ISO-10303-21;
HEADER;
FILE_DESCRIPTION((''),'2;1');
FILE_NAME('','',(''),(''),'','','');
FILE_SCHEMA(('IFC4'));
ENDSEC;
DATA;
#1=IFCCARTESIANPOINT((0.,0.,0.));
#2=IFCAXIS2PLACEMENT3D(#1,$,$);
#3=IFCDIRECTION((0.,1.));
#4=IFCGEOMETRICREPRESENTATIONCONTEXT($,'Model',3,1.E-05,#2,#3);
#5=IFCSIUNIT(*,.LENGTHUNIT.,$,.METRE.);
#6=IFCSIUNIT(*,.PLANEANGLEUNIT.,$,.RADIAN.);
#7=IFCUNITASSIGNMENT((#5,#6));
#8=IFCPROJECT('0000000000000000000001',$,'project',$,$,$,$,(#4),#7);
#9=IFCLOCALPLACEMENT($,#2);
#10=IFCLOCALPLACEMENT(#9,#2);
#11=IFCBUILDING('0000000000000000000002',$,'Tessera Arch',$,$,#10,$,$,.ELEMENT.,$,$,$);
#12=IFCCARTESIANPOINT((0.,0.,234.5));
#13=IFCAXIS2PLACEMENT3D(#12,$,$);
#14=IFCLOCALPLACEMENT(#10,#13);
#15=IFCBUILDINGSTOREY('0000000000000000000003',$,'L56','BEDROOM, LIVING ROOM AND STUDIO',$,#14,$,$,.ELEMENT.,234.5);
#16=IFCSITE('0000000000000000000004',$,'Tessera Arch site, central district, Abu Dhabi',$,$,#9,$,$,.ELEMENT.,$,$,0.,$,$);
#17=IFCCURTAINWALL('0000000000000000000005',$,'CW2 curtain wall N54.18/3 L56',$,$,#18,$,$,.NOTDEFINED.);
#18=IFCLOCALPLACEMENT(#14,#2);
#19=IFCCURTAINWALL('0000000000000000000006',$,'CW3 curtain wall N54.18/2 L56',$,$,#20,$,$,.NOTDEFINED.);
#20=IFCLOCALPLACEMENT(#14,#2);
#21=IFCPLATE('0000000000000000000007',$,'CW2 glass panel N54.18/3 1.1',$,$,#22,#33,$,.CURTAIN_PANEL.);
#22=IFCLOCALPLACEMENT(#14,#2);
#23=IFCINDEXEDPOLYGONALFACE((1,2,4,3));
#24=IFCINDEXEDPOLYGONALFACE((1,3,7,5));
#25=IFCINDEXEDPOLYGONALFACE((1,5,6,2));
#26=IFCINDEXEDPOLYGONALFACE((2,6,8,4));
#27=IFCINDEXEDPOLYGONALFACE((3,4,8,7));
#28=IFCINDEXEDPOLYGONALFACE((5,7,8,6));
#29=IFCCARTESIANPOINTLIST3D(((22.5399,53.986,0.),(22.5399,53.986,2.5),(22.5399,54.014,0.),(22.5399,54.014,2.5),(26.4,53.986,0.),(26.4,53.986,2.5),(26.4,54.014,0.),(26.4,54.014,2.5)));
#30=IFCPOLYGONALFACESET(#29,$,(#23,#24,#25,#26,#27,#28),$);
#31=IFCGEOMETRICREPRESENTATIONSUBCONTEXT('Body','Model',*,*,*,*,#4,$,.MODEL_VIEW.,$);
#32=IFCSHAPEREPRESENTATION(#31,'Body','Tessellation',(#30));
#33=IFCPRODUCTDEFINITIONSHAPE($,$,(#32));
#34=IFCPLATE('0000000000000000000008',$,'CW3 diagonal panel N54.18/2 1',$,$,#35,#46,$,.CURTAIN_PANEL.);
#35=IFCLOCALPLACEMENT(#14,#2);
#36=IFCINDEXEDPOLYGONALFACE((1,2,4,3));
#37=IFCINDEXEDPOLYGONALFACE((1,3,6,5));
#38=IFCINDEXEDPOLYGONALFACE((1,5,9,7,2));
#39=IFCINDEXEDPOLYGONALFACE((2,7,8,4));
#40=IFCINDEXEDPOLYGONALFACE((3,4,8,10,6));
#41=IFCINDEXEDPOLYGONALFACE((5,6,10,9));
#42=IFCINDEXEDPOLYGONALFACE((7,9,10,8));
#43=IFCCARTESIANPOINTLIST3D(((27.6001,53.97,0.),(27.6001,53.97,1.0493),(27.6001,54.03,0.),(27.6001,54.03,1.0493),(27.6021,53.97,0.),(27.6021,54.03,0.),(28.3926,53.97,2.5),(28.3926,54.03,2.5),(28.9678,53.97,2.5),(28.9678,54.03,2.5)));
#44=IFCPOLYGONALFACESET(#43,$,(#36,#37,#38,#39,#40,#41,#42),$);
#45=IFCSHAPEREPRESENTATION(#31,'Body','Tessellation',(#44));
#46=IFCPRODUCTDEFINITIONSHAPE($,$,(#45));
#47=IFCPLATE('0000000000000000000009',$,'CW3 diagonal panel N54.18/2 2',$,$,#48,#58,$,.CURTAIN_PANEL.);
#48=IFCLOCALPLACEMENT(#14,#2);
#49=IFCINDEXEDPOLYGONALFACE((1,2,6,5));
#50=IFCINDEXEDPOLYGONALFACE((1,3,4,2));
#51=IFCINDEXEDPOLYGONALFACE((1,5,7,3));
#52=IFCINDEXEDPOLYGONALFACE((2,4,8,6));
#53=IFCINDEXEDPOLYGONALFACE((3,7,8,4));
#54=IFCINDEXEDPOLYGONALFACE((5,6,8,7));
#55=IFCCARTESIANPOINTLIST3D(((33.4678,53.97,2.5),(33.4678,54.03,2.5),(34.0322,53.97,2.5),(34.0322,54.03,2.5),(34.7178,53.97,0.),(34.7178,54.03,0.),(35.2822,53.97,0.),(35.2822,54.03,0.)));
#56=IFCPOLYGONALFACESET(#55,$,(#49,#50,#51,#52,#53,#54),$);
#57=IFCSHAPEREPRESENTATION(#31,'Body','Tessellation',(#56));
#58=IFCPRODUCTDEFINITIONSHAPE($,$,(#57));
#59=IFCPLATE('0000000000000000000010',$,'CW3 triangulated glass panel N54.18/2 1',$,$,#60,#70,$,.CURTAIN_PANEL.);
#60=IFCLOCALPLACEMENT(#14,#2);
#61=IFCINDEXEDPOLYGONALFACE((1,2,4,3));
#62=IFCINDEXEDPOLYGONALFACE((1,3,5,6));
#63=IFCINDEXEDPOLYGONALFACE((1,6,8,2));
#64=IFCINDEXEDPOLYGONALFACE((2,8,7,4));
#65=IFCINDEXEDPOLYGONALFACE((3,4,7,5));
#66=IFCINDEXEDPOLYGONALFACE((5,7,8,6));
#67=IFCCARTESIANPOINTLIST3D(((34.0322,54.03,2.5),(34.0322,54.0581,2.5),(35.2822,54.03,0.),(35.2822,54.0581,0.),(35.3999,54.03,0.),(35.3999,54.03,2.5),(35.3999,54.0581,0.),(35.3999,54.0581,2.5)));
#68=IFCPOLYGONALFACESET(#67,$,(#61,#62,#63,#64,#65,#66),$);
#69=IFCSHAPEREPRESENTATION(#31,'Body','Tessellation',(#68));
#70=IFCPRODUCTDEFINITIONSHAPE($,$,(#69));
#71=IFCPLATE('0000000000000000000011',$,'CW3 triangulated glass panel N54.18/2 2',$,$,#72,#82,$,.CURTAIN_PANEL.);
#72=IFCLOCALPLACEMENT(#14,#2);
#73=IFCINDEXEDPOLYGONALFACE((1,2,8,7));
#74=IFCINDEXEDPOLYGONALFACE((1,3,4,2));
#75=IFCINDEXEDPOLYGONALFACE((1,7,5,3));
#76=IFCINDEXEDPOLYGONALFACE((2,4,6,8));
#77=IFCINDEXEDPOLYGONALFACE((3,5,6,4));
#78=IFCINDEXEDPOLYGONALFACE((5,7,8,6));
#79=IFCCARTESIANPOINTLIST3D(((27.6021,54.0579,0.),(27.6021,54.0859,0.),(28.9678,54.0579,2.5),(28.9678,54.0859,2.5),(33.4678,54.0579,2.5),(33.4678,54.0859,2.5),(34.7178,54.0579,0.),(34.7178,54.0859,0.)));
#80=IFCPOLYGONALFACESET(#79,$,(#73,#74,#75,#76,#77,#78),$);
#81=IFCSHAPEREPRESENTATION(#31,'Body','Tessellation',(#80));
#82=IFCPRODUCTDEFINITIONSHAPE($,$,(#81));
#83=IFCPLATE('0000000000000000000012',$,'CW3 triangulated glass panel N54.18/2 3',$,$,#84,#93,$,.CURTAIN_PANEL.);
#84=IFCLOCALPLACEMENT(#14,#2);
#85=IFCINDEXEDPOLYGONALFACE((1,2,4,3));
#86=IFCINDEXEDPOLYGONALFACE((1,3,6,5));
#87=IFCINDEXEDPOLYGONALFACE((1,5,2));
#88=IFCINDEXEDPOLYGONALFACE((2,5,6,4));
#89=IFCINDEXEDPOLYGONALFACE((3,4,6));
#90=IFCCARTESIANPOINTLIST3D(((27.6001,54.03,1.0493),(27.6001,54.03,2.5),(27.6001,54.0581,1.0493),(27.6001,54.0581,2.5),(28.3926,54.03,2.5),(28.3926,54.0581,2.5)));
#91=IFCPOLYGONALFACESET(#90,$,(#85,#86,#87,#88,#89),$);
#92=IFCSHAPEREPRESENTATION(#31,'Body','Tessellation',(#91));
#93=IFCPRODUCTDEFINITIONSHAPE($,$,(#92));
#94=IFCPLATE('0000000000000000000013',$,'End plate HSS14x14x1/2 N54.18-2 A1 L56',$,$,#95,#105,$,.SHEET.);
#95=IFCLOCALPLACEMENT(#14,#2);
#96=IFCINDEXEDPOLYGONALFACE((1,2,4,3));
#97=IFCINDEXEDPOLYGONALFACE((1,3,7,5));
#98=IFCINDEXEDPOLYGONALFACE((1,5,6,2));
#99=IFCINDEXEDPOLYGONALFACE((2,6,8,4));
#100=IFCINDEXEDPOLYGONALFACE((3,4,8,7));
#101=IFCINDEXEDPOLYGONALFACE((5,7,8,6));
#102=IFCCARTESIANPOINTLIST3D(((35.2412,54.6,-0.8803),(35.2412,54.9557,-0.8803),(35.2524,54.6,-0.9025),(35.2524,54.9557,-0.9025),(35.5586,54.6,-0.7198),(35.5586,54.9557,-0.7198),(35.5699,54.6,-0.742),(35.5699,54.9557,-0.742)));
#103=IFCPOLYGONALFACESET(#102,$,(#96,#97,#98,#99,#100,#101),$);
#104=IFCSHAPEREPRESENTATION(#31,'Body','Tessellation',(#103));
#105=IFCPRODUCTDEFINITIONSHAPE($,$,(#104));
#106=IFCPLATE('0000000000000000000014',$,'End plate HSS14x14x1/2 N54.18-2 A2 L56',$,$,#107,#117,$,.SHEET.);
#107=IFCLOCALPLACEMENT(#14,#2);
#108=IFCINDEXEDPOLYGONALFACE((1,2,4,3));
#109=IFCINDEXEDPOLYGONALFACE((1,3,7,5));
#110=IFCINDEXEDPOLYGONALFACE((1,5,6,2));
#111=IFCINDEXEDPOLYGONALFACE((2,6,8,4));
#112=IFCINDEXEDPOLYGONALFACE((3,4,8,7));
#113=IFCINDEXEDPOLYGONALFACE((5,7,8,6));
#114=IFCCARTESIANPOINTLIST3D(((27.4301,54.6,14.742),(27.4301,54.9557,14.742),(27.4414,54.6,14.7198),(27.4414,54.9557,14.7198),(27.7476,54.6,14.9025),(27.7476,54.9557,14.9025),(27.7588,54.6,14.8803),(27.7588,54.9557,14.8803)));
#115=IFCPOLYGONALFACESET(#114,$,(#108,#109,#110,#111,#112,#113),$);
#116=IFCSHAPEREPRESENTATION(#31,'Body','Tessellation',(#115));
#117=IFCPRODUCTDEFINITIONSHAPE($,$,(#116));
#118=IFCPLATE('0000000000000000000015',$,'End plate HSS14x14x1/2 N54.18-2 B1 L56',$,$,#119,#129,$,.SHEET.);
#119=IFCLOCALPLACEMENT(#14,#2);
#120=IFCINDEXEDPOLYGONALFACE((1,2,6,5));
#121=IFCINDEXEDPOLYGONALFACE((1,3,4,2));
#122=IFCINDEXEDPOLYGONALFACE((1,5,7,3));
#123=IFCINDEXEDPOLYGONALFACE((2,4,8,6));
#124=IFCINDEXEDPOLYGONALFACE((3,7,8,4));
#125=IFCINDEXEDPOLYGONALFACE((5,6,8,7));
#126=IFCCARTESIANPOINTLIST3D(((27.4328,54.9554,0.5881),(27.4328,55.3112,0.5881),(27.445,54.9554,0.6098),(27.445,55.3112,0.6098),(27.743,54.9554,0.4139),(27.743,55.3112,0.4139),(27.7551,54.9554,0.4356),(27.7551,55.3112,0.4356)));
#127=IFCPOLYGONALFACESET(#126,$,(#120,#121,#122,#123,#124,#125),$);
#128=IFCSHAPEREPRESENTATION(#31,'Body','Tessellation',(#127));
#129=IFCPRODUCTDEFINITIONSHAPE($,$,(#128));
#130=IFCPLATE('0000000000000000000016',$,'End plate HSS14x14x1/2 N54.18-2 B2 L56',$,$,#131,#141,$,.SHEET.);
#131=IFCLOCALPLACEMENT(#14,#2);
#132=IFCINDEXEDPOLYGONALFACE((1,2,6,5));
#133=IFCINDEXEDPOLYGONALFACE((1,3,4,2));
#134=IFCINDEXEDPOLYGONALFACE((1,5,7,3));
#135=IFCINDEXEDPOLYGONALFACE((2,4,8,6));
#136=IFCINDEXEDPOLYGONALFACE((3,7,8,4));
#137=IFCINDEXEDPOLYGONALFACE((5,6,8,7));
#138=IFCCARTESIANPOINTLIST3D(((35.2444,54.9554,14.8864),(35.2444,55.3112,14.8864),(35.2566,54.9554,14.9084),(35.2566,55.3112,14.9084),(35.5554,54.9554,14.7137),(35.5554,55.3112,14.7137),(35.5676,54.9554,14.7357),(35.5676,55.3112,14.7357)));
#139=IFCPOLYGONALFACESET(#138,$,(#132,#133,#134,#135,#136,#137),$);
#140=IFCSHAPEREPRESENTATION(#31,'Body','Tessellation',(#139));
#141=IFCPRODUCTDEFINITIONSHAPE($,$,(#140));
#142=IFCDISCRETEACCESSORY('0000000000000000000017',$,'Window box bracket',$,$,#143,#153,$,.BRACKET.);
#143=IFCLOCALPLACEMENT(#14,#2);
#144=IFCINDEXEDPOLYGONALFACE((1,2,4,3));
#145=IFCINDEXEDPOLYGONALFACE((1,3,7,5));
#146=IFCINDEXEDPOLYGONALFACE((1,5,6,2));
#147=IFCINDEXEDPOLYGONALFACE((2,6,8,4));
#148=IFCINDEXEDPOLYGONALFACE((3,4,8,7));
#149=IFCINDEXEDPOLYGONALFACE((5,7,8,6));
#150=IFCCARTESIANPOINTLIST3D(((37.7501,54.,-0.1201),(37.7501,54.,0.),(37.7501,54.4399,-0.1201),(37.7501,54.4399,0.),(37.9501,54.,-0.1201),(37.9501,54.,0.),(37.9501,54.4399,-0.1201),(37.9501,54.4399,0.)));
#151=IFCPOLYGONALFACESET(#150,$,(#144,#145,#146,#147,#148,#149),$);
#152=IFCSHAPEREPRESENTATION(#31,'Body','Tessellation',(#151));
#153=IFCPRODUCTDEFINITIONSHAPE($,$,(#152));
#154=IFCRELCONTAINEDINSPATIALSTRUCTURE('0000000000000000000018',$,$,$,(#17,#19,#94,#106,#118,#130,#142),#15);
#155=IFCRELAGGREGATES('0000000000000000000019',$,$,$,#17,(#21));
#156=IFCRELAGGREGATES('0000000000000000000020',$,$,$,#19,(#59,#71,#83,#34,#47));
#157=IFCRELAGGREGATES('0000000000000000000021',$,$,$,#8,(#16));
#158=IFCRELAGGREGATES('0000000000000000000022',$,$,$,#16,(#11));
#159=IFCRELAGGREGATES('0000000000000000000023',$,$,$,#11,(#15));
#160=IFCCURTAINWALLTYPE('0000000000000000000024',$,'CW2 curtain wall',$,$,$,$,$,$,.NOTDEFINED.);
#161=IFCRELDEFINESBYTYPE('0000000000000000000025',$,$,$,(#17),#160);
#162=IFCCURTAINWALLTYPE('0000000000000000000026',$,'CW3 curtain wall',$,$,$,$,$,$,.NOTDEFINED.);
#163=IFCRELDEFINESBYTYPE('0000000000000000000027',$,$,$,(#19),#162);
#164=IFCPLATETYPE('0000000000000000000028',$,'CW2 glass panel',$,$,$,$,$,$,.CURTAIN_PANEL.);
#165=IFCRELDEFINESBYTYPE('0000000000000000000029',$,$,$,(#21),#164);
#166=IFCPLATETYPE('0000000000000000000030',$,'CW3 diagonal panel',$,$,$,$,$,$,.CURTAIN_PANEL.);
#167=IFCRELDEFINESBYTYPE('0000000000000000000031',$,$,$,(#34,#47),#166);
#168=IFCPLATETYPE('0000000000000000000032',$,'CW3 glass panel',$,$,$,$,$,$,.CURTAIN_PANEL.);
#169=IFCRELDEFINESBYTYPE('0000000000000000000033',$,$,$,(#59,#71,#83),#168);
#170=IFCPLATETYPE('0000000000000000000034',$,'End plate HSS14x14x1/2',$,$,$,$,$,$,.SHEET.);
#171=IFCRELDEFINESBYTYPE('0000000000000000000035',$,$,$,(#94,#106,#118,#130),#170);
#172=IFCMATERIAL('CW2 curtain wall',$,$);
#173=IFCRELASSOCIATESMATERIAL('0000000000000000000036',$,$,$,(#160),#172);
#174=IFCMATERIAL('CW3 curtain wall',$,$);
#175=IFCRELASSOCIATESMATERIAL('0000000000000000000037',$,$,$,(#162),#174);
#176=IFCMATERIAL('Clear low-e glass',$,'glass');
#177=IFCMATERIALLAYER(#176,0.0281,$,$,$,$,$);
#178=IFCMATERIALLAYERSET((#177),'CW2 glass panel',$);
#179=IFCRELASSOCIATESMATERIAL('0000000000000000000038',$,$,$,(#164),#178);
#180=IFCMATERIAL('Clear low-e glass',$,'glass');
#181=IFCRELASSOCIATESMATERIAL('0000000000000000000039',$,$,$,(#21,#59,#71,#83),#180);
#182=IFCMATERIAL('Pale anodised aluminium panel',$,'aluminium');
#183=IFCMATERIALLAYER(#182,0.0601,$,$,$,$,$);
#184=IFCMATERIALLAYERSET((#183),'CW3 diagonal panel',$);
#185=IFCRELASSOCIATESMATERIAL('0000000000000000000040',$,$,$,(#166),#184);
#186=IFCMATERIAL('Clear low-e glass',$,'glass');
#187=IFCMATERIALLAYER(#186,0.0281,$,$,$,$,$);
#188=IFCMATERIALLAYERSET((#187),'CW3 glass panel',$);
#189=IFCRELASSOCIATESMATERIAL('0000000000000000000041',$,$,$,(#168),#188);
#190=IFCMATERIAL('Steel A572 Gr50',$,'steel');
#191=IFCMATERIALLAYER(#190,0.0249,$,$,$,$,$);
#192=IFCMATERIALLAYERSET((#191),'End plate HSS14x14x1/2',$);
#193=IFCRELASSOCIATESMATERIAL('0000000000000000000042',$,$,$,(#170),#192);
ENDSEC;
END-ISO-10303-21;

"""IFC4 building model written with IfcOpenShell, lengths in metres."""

from ifc_helpers import new_model, si_unit, direction, frame, origin, origin_2d, place, context, subcontext, project, spatial, polyline, rectangle, outline, extrude, material, layer, layer_set, type_object, element, aggregate, save


model = new_model("IFC4")

# Units and contexts
model_context = context("Model", 3, precision=1e-05, world=origin(), true_north=direction((0.0, 1.0)))
body_context = subcontext(model_context, "Body", "Model", "MODEL_VIEW")
ifc_project = project(units=[si_unit("LENGTHUNIT", "METRE"), si_unit("PLANEANGLEUNIT", "RADIAN")], contexts=[model_context])

# Site, building, storey
site_placement = place(None, origin())
site = spatial("IfcSite", under=ifc_project, at=site_placement, Name="Tessera Arch site, central district, Abu Dhabi", CompositionType="ELEMENT", RefElevation=0.0)
building_placement = place(site_placement, origin())
building = spatial("IfcBuilding", under=site, at=building_placement, Name="Tessera Arch", CompositionType="ELEMENT")
storey_placement = place(building_placement, frame((0.0, 0.0, 234.5)))
storey = spatial("IfcBuildingStorey", under=building, at=storey_placement, Name="L56", Description="BEDROOM, LIVING ROOM AND STUDIO", CompositionType="ELEMENT", Elevation=234.5)

# Curtain walls
ifc_material_1 = material(Name="CW2 curtain wall")
curtain_wall_type_1 = type_object("IfcCurtainWallType", Name="CW2 curtain wall", PredefinedType="NOTDEFINED", material=ifc_material_1)
curtain_wall_1_placement = place(storey_placement, origin())
curtain_wall_1 = element("IfcCurtainWall", 1, at=curtain_wall_1_placement, inside=storey, type_object=curtain_wall_type_1, Name="CW2 curtain wall N54.18/3 L56", PredefinedType="NOTDEFINED")
ifc_material_2 = material(Name="CW3 curtain wall")
curtain_wall_type_2 = type_object("IfcCurtainWallType", Name="CW3 curtain wall", PredefinedType="NOTDEFINED", material=ifc_material_2)
curtain_wall_2_placement = place(storey_placement, origin())
curtain_wall_2 = element("IfcCurtainWall", 2, at=curtain_wall_2_placement, inside=storey, type_object=curtain_wall_type_2, Name="CW3 curtain wall N54.18/2 L56", PredefinedType="NOTDEFINED")

# Shared definitions
ifc_material_3 = material(Name="Clear low-e glass", Category="glass")

# Plates
ifc_material_4 = material(Name="Clear low-e glass", Category="glass")
ifc_layer_1 = layer(ifc_material_4, 0.0281)
ifc_layer_set_1 = layer_set([ifc_layer_1], Name="CW2 glass panel")
plate_type_1 = type_object("IfcPlateType", Name="CW2 glass panel", PredefinedType="CURTAIN_PANEL", material=ifc_layer_set_1)
plate_1_placement = place(storey_placement, frame((24.47, 54.0, 0.0), z_axis=(0.0, 0.0, 1.0), x_axis=(-1.0, 0.0, 0.0)))
plate_1 = element("IfcPlate", 3, at=plate_1_placement, type_object=plate_type_1, material=ifc_material_3, Name="CW2 glass panel N54.18/3 1.1", PredefinedType="CURTAIN_PANEL", context=body_context, shape_type="SweptSolid", body=[
    extrude(rectangle(XDim=3.8601, YDim=0.0281, at=origin_2d()), origin(), (0.0, 0.0, 1.0), 2.5),
])
aggregate(curtain_wall_1, [plate_1])
ifc_material_5 = material(Name="Pale anodised aluminium panel", Category="aluminium")
ifc_layer_2 = layer(ifc_material_5, 0.0601)
ifc_layer_set_2 = layer_set([ifc_layer_2], Name="CW3 diagonal panel")
plate_type_2 = type_object("IfcPlateType", Name="CW3 diagonal panel", PredefinedType="CURTAIN_PANEL", material=ifc_layer_set_2)
plate_2_placement = place(storey_placement, frame((27.6001, 54.03, 0.0), z_axis=(0.0, 1.0, 0.0), x_axis=(0.0, 0.0, 1.0)))
plate_2 = element("IfcPlate", 4, at=plate_2_placement, type_object=plate_type_2, Name="CW3 diagonal panel N54.18/2 1", PredefinedType="CURTAIN_PANEL", context=body_context, shape_type="SweptSolid", body=[
    extrude(outline(polyline([(0.0, 0.0), (1.0493, 0.0), (2.5, 0.7925), (2.5, 1.3677), (0.0, 0.002), (0.0, 0.0)])), origin(), (0.0, 0.0, -1.0), 0.0601),
])
plate_3_placement = place(storey_placement, frame((33.4678, 54.03, 2.5), z_axis=(0.0, 1.0, 0.0), x_axis=(1.0, 0.0, 0.0)))
plate_3 = element("IfcPlate", 5, at=plate_3_placement, type_object=plate_type_2, Name="CW3 diagonal panel N54.18/2 2", PredefinedType="CURTAIN_PANEL", context=body_context, shape_type="SweptSolid", body=[
    extrude(outline(polyline([(0.0, 0.0), (0.5645, 0.0), (1.8145, 2.5), (1.25, 2.5), (0.0, 0.0)])), origin(), (0.0, 0.0, -1.0), 0.0601),
])
ifc_material_6 = material(Name="Clear low-e glass", Category="glass")
ifc_layer_3 = layer(ifc_material_6, 0.0281)
ifc_layer_set_3 = layer_set([ifc_layer_3], Name="CW3 glass panel")
plate_type_3 = type_object("IfcPlateType", Name="CW3 glass panel", PredefinedType="CURTAIN_PANEL", material=ifc_layer_set_3)
plate_4_placement = place(storey_placement, frame((35.3999, 54.0581, 0.0), z_axis=(0.0, 1.0, 0.0), x_axis=(-1.0, 0.0, 0.0)))
plate_4 = element("IfcPlate", 6, at=plate_4_placement, type_object=plate_type_3, material=ifc_material_3, Name="CW3 triangulated glass panel N54.18/2 1", PredefinedType="CURTAIN_PANEL", context=body_context, shape_type="SweptSolid", body=[
    extrude(outline(polyline([(0.0, 0.0), (0.1177, 0.0), (1.3677, 2.5), (0.0, 2.5), (0.0, 0.0)])), origin(), (0.0, 0.0, -1.0), 0.0281),
])
plate_5_placement = place(storey_placement, frame((28.9678, 54.0859, 2.5), z_axis=(0.0, 1.0, 0.0), x_axis=(1.0, 0.0, 0.0)))
plate_5 = element("IfcPlate", 7, at=plate_5_placement, type_object=plate_type_3, material=ifc_material_3, Name="CW3 triangulated glass panel N54.18/2 2", PredefinedType="CURTAIN_PANEL", context=body_context, shape_type="SweptSolid", body=[
    extrude(outline(polyline([(0.0, 0.0), (4.5, 0.0), (5.75, 2.5), (-1.3657, 2.5), (0.0, 0.0)])), origin(), (0.0, 0.0, -1.0), 0.0281),
])
plate_6_placement = place(storey_placement, frame((27.6001, 54.0581, 2.5), z_axis=(0.0, 1.0, 0.0), x_axis=(1.0, 0.0, 0.0)))
plate_6 = element("IfcPlate", 8, at=plate_6_placement, type_object=plate_type_3, material=ifc_material_3, Name="CW3 triangulated glass panel N54.18/2 3", PredefinedType="CURTAIN_PANEL", context=body_context, shape_type="SweptSolid", body=[
    extrude(outline(polyline([(0.0, 0.0), (0.7925, 0.0), (0.0, 1.4507), (0.0, 0.0)])), origin(), (0.0, 0.0, -1.0), 0.0281),
])
aggregate(curtain_wall_2, [plate_4, plate_5, plate_6, plate_2, plate_3])

# Plates
ifc_material_7 = material(Name="Steel A572 Gr50", Category="steel")
ifc_layer_4 = layer(ifc_material_7, 0.0249)
ifc_layer_set_4 = layer_set([ifc_layer_4], Name="End plate HSS14x14x1/2")
plate_type_4 = type_object("IfcPlateType", Name="End plate HSS14x14x1/2", PredefinedType="SHEET", material=ifc_layer_set_4)
for number, where, z_axis, x_axis, name in (
    (9, (35.4111, 54.7778, -0.8223), (-0.451132, 0.0, 0.892457), (0.0, -1.0, 0.0), "End plate HSS14x14x1/2 N54.18-2 A1 L56"),
    (10, (27.6001, 54.7778, 14.8), (-0.451132, 0.0, 0.892457), (0.0, -1.0, 0.0), "End plate HSS14x14x1/2 N54.18-2 A2 L56"),
    (11, (27.5879, 55.1333, 0.501), (0.489796, 0.0, 0.871837), (0.0, 1.0, 0.0), "End plate HSS14x14x1/2 N54.18-2 B1 L56"),
):
    element("IfcPlate", number, at=place(storey_placement, frame(where, z_axis=z_axis, x_axis=x_axis)), inside=storey, type_object=plate_type_4, Name=name, PredefinedType="SHEET", context=body_context, shape_type="SweptSolid", body=[
        extrude(rectangle(XDim=0.3557, YDim=0.3557, at=origin_2d()), origin(), (0.0, 0.0, 1.0), 0.0249),
    ])
plate_7_placement = place(storey_placement, frame((35.3999, 55.1333, 14.8), z_axis=(0.485643, 0.0, 0.874157), x_axis=(0.0, 1.0, 0.0)))
element("IfcPlate", 12, at=plate_7_placement, inside=storey, type_object=plate_type_4, Name="End plate HSS14x14x1/2 N54.18-2 B2 L56", PredefinedType="SHEET", context=body_context, shape_type="SweptSolid", body=[
    extrude(rectangle(XDim=0.3557, YDim=0.3557, at=origin_2d()), origin(), (0.0, 0.0, 1.0), 0.0251),
])

# Discrete accessory
discrete_accessory_placement = place(storey_placement, frame((37.8501, 54.22, -0.1201), z_axis=(0.0, 0.0, 1.0), x_axis=(0.0, 1.0, 0.0)))
element("IfcDiscreteAccessory", 13, at=discrete_accessory_placement, inside=storey, Name="Window box bracket", PredefinedType="BRACKET", context=body_context, shape_type="SweptSolid", body=[
    extrude(rectangle(XDim=0.4399, YDim=0.2, at=origin_2d()), origin(), (0.0, 0.0, 1.0), 0.1201),
])

save(model, "model.ifc")
